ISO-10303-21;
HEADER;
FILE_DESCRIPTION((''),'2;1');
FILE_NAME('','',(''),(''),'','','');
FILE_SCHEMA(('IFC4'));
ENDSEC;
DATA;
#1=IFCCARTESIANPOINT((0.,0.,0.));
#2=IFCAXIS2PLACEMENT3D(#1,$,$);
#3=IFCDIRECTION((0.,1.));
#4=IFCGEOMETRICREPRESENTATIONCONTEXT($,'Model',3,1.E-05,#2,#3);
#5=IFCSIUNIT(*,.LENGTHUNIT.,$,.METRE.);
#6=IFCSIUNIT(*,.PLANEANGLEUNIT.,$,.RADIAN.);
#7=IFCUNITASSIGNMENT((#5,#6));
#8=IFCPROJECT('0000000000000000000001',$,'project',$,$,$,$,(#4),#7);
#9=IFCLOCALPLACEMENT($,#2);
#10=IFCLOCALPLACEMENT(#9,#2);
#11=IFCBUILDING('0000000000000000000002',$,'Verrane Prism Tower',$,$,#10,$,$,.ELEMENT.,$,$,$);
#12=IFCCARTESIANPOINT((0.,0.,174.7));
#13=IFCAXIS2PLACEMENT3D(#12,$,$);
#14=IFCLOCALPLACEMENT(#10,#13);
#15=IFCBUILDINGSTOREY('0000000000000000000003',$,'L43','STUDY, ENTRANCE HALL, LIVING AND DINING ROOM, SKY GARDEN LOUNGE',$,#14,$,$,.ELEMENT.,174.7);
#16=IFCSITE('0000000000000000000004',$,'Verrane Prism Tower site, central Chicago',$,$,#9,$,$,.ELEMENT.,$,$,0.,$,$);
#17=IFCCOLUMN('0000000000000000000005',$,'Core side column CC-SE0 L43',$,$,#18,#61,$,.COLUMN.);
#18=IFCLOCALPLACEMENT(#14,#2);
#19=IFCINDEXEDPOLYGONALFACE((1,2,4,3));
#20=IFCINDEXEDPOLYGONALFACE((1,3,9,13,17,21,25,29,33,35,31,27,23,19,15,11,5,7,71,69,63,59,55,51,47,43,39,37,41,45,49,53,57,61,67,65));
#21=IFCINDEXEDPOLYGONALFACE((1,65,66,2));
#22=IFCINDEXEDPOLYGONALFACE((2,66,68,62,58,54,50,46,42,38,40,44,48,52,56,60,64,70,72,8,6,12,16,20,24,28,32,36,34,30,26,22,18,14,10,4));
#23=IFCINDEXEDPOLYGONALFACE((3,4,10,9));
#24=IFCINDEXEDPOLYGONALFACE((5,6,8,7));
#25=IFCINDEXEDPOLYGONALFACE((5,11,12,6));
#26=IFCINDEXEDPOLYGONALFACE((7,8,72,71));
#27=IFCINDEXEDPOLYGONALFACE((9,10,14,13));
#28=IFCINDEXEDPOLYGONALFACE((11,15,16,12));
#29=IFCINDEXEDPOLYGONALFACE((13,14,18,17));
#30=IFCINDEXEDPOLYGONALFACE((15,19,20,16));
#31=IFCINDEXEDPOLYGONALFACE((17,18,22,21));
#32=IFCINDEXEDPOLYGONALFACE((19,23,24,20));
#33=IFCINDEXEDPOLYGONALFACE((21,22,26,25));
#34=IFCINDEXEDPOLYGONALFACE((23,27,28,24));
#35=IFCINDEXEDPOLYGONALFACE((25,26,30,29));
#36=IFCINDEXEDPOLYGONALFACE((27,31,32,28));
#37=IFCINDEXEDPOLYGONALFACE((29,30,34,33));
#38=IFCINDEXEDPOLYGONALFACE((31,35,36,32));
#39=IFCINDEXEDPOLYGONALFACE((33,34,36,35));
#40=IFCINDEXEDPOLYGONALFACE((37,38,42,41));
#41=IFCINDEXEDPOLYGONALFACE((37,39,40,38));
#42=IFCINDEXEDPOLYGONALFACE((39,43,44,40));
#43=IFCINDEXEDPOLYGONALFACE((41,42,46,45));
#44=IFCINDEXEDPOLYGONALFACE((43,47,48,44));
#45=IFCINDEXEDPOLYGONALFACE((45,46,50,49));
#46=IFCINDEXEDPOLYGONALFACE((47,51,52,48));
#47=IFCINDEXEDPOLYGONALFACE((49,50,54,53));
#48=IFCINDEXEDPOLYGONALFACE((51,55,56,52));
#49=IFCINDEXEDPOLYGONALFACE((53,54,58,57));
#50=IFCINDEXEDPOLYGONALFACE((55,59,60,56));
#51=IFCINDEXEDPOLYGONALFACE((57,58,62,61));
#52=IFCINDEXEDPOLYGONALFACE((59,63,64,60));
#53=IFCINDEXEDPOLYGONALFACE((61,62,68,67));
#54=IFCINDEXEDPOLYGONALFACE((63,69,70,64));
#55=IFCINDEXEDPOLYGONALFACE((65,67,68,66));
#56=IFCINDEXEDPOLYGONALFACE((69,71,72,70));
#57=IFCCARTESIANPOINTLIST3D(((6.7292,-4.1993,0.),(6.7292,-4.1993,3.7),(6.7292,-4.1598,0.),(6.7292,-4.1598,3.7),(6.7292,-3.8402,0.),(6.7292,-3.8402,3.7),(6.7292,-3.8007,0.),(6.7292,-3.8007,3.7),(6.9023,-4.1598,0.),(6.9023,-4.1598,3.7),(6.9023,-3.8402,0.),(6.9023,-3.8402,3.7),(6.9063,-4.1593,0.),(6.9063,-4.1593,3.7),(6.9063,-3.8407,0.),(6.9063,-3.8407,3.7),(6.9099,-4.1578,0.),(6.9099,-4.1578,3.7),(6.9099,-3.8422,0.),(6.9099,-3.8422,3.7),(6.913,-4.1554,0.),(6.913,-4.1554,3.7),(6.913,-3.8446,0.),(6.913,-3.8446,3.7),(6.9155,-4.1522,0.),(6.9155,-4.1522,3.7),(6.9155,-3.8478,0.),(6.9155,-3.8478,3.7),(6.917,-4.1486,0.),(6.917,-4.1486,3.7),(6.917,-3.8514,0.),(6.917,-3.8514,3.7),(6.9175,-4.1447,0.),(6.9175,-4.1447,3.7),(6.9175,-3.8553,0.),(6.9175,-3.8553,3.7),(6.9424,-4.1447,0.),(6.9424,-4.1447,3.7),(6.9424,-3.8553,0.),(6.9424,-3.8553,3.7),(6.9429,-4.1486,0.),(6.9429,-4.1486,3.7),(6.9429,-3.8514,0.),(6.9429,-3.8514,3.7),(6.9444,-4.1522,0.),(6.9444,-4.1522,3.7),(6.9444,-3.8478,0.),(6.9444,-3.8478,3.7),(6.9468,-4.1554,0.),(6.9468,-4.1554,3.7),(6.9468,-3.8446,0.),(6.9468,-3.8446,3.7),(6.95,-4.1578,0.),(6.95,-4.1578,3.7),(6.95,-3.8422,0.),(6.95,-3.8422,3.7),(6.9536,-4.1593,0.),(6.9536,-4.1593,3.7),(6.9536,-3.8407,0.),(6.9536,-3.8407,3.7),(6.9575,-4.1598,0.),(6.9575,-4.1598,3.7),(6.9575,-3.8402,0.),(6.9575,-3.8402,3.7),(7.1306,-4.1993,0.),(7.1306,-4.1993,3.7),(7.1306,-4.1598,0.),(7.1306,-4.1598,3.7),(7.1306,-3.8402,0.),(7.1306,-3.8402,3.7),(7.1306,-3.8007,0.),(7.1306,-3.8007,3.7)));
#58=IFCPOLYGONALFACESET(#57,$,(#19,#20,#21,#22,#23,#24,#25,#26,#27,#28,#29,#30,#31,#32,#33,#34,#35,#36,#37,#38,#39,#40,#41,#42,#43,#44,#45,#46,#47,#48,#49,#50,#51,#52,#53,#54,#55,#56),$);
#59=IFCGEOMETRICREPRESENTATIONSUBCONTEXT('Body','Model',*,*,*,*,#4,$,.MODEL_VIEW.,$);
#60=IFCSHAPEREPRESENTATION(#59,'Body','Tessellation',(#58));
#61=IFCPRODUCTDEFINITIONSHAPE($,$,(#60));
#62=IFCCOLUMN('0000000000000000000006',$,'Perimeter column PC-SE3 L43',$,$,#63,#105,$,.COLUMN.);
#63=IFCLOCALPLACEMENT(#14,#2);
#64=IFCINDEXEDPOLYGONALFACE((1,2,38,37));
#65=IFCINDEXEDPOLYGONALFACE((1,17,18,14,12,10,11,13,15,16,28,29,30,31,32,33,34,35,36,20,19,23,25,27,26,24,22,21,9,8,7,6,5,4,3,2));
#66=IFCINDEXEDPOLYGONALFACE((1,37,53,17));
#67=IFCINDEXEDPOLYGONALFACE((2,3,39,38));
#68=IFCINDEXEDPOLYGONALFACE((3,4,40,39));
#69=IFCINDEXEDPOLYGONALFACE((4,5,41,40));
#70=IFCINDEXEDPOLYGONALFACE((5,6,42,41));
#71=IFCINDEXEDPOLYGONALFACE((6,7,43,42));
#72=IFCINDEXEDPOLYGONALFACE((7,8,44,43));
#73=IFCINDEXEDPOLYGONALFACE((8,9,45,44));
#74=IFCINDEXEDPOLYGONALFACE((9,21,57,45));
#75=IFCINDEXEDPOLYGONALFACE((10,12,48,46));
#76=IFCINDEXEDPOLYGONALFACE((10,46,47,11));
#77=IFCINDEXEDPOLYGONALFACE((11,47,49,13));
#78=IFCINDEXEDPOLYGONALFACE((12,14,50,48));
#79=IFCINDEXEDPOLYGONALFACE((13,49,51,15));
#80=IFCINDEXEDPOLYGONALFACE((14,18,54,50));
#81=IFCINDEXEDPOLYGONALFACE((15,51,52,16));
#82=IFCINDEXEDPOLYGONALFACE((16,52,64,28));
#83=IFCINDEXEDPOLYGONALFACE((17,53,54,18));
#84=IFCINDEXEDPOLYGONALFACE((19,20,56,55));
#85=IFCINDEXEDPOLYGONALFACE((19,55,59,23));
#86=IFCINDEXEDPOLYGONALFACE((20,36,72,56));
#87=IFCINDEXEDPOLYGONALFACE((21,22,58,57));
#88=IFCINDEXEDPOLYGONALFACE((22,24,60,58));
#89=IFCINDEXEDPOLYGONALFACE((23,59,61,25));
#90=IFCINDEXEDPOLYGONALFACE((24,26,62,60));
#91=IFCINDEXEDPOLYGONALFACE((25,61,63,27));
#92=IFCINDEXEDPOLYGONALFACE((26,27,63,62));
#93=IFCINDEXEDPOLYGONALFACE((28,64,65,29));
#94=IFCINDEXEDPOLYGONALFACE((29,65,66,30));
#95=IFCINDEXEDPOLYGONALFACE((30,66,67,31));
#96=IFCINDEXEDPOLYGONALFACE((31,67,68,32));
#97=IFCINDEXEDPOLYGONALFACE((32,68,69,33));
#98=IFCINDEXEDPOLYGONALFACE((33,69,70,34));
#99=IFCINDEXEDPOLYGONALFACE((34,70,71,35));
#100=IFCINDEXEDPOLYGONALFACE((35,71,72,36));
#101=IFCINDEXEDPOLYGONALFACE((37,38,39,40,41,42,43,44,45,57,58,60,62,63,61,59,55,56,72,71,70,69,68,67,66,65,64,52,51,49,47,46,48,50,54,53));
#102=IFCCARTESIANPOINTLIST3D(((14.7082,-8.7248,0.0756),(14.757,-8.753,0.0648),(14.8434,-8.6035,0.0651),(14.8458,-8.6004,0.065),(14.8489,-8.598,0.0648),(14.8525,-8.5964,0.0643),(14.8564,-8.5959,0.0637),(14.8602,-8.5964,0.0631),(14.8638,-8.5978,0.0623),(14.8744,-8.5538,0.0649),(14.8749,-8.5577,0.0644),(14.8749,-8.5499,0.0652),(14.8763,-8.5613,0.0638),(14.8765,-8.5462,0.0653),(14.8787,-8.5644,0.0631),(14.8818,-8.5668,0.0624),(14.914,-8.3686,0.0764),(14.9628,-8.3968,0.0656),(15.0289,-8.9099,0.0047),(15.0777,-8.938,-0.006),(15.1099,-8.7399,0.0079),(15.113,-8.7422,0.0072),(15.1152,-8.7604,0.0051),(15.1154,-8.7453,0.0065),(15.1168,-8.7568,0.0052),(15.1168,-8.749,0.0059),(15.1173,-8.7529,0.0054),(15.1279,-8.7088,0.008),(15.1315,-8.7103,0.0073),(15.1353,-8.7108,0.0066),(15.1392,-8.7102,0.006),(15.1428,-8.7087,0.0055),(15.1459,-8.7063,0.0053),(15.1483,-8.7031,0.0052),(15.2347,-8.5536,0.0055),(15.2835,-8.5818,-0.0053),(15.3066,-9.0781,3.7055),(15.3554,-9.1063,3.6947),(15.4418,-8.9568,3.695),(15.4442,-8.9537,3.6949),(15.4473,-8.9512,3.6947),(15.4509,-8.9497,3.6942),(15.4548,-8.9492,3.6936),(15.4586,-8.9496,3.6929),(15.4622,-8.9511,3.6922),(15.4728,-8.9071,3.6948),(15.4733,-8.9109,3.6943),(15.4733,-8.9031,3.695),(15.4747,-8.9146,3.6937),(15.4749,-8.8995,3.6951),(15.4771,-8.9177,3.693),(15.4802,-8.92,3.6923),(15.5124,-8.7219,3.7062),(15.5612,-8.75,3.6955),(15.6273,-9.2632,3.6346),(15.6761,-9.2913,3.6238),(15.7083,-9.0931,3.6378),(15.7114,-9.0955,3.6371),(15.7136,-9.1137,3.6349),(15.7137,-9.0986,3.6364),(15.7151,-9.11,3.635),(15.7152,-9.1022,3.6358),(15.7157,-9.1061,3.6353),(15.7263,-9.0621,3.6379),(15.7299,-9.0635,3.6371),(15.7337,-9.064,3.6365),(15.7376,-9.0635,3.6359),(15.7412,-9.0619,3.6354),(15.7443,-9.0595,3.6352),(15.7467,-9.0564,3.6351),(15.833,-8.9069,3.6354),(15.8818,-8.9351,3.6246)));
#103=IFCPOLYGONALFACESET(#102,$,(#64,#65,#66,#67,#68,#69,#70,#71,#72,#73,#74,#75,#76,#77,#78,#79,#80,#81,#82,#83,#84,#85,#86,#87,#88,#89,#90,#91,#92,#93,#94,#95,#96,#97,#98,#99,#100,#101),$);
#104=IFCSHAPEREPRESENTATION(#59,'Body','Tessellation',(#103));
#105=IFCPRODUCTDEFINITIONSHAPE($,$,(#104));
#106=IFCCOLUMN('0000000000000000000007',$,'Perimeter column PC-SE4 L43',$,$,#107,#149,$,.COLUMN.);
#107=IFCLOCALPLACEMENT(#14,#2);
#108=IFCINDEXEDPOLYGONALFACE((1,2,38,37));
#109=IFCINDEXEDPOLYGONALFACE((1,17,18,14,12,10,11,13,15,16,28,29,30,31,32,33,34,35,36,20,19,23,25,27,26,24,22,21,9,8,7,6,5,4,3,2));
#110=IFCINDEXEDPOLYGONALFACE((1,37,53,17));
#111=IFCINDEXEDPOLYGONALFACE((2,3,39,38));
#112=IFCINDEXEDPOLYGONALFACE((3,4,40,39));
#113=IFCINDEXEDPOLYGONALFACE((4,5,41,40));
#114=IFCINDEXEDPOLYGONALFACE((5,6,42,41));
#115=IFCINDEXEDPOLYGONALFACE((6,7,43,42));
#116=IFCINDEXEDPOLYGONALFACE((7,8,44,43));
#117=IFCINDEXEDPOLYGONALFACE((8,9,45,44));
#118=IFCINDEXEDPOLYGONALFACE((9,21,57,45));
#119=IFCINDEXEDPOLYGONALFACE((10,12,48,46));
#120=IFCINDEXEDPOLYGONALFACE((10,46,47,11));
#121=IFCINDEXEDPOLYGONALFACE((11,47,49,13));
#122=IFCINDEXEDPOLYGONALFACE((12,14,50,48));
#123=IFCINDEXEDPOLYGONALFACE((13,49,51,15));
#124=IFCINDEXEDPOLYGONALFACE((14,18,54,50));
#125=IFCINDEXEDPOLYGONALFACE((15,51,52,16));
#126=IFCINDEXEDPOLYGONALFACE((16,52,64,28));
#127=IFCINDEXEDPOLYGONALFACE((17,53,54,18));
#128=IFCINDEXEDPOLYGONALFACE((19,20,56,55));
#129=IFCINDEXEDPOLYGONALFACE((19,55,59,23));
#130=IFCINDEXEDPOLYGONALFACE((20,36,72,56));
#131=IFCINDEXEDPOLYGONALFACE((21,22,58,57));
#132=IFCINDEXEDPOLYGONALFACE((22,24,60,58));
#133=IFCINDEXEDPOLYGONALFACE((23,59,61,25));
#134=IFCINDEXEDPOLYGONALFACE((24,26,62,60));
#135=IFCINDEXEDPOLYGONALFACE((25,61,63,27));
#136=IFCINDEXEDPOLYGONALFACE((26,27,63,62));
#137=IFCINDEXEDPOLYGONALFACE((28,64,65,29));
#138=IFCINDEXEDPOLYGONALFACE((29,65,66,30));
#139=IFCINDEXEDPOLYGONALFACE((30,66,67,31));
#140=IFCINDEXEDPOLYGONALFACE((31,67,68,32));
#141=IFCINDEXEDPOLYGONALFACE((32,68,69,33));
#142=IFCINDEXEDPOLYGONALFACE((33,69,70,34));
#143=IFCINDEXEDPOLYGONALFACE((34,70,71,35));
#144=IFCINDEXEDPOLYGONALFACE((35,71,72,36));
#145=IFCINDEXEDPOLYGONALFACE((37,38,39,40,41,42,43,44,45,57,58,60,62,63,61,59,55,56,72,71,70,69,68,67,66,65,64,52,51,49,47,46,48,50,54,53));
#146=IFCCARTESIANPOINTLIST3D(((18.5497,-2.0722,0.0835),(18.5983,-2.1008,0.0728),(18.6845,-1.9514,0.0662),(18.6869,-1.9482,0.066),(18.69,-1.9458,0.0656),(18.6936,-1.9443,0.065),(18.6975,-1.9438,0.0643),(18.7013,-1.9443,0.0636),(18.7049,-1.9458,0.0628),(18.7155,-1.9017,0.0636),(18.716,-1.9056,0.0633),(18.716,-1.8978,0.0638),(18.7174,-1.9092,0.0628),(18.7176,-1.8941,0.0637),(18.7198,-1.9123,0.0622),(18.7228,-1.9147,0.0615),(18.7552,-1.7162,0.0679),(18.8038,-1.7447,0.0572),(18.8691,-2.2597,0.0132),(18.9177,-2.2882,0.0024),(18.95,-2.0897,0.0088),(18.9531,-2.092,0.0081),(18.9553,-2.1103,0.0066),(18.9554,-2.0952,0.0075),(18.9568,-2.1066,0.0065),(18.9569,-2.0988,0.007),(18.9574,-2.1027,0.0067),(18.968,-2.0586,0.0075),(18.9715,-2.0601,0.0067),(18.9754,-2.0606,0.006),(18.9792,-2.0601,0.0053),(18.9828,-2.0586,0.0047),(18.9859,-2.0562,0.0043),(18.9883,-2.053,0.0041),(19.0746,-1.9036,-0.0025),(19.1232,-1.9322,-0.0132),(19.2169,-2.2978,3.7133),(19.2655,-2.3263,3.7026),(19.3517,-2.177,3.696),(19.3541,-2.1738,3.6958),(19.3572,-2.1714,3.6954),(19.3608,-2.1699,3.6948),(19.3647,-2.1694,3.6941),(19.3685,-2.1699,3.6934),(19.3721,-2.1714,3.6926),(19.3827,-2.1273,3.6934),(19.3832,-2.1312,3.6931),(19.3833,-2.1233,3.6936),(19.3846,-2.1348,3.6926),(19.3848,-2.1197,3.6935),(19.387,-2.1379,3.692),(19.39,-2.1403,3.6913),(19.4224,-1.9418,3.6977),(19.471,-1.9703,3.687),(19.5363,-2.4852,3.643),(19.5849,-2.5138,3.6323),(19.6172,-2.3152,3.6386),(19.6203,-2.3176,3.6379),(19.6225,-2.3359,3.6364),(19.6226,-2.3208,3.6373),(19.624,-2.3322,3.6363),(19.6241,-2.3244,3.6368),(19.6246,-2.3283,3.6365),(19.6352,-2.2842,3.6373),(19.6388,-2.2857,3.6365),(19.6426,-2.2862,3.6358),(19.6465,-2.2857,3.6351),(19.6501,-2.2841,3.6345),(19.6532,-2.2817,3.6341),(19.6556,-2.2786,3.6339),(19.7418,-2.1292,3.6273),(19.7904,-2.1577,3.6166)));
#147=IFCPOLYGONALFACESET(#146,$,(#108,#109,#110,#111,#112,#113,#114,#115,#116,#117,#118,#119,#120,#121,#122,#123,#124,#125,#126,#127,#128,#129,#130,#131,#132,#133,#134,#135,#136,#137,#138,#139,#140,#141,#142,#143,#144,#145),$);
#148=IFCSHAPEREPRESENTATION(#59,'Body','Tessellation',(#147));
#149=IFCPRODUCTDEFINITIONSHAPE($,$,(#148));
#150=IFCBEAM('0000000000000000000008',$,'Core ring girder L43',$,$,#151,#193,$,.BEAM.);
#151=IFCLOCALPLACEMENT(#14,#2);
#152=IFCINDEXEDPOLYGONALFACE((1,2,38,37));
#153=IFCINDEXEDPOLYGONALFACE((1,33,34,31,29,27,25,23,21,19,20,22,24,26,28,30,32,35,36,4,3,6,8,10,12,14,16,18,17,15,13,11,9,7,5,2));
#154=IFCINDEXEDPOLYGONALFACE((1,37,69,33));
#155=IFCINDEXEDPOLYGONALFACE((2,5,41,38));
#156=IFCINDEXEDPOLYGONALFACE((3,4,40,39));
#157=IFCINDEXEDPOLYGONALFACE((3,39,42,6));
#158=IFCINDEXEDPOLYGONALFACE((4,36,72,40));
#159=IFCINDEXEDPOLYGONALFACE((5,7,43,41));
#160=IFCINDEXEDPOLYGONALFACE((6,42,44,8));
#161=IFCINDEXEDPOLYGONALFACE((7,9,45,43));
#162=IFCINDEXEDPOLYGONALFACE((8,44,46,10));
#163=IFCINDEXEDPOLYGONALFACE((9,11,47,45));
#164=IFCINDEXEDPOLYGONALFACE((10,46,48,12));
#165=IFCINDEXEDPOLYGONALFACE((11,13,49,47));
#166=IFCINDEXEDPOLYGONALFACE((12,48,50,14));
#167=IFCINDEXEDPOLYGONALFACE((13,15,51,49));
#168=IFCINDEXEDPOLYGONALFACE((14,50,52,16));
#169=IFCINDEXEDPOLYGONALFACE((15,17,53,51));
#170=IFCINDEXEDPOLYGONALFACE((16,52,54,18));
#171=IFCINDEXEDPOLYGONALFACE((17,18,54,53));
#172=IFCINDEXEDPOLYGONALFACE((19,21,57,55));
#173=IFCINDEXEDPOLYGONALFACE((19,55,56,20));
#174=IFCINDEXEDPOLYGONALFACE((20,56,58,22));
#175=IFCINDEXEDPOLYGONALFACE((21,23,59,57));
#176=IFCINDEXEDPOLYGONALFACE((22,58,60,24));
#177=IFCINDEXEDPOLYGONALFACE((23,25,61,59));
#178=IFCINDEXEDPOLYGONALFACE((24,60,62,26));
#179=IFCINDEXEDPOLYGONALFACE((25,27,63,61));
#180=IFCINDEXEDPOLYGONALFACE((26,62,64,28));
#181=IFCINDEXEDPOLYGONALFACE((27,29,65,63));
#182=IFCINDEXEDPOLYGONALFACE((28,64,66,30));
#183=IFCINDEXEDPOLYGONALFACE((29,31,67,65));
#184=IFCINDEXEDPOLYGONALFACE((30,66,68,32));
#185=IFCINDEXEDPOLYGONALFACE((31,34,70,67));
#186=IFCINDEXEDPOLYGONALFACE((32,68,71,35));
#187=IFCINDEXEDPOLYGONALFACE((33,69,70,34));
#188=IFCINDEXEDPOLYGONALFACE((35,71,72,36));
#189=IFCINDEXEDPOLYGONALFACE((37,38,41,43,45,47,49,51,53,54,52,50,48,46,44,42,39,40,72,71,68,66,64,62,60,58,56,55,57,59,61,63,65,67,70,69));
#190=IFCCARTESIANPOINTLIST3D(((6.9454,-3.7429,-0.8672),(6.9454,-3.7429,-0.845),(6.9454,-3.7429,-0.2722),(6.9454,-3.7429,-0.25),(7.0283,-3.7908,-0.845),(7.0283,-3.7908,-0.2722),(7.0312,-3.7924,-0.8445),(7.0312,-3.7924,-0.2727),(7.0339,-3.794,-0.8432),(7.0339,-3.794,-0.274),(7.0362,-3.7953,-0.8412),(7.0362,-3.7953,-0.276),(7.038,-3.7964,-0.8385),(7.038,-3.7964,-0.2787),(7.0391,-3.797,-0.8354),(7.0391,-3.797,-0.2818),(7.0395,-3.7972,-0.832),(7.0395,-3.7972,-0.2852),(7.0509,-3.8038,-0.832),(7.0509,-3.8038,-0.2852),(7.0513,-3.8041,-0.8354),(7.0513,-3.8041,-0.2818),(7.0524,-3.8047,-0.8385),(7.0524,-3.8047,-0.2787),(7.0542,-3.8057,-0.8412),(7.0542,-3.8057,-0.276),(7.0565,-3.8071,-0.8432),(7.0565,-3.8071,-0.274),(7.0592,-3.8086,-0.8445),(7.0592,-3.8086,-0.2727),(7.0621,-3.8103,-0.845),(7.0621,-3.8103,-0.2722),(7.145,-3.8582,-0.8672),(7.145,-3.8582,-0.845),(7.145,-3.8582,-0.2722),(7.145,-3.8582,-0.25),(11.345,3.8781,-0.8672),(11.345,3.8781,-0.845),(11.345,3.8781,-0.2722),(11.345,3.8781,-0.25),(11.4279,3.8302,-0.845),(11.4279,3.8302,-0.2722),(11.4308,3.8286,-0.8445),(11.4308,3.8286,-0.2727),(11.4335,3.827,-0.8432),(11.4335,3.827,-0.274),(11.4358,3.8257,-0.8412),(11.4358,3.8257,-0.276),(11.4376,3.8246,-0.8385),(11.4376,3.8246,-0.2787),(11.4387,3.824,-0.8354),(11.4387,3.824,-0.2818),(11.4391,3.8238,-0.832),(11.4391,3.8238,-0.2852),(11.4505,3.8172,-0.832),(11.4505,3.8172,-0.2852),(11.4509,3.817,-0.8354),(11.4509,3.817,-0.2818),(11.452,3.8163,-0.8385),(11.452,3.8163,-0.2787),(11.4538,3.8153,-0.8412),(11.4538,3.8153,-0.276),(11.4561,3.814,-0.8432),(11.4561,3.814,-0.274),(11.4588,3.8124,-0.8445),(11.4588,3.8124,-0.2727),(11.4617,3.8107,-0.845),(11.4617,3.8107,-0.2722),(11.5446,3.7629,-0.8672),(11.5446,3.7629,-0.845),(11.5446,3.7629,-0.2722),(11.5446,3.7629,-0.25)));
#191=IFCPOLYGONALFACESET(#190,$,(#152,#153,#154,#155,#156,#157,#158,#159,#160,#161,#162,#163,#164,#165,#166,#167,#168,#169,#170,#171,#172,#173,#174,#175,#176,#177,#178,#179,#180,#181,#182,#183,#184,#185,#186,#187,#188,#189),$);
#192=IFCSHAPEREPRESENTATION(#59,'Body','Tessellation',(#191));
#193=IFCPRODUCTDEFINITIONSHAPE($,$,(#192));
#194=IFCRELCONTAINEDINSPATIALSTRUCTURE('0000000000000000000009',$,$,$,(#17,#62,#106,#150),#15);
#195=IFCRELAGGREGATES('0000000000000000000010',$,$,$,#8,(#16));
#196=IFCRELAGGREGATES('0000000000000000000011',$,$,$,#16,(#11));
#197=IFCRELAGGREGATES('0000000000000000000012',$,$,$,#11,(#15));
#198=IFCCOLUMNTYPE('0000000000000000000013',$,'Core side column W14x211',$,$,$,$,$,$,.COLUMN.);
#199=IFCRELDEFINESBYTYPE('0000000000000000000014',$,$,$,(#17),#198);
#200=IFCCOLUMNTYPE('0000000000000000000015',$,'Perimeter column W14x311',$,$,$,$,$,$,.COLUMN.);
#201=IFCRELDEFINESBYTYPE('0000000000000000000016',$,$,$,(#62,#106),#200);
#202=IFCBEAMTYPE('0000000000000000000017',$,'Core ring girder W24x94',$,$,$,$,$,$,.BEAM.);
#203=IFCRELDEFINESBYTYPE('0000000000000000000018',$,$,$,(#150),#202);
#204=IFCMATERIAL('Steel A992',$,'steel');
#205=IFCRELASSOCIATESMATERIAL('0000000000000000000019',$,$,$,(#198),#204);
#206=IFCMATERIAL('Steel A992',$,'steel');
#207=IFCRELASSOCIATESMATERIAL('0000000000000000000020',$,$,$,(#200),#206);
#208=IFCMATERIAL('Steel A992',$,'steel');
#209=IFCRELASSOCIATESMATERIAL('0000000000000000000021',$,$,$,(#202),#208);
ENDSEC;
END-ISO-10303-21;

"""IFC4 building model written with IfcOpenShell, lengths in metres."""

from ifc_helpers import new_model, si_unit, direction, frame, origin, origin_2d, place, context, subcontext, project, spatial, i_section, extrude, material, material_profile, profile_set, type_object, element, save


model = new_model("IFC4")

# Units and contexts
model_context = context("Model", 3, precision=1e-05, world=origin(), true_north=direction((0.0, 1.0)))
body_context = subcontext(model_context, "Body", "Model", "MODEL_VIEW")
ifc_project = project(units=[si_unit("LENGTHUNIT", "METRE"), si_unit("PLANEANGLEUNIT", "RADIAN")], contexts=[model_context])

# Site, building, storey
site_placement = place(None, origin())
site = spatial("IfcSite", under=ifc_project, at=site_placement, Name="Verrane Prism Tower site, central Chicago", CompositionType="ELEMENT", RefElevation=0.0)
building_placement = place(site_placement, origin())
building = spatial("IfcBuilding", under=site, at=building_placement, Name="Verrane Prism Tower", CompositionType="ELEMENT")
storey_placement = place(building_placement, frame((0.0, 0.0, 174.7)))
storey = spatial("IfcBuildingStorey", under=building, at=storey_placement, Name="L43", Description="STUDY, ENTRANCE HALL, LIVING AND DINING ROOM, SKY GARDEN LOUNGE", CompositionType="ELEMENT", Elevation=174.7)

# Columns
ifc_material_1 = material(Name="Steel A992", Category="steel")
ifc_material_profile_1 = material_profile(ifc_material_1, i_section(OverallWidth=0.4014, OverallDepth=0.3987, WebThickness=0.0249, FlangeThickness=0.0396, FilletRadius=0.0151, at=origin_2d()), Name="W14x211")
ifc_profile_set_1 = profile_set([ifc_material_profile_1], Name="Steel A992")
column_type_1 = type_object("IfcColumnType", Name="Core side column W14x211", PredefinedType="COLUMN", material=ifc_profile_set_1)
column_1_placement = place(storey_placement, frame((6.9299, -4.0, 0.0), z_axis=(0.0, 0.0, 1.0), x_axis=(1.0, 0.0, 0.0)))
element("IfcColumn", 1, at=column_1_placement, inside=storey, type_object=column_type_1, Name="Core side column CC-SE0 L43", PredefinedType="COLUMN", context=body_context, shape_type="SweptSolid", body=[
    extrude(i_section(OverallWidth=0.4014, OverallDepth=0.3987, WebThickness=0.0249, FlangeThickness=0.0396, FilletRadius=0.0151, at=origin_2d()), origin(), (0.0, 0.0, 1.0), 3.7),
])
ifc_material_2 = material(Name="Steel A992", Category="steel")
ifc_material_profile_2 = material_profile(ifc_material_2, i_section(OverallWidth=0.4114, OverallDepth=0.4343, WebThickness=0.0359, FlangeThickness=0.0574, FilletRadius=0.0151, at=origin_2d()), Name="W14x311")
ifc_profile_set_2 = profile_set([ifc_material_profile_2], Name="Steel A992")
column_type_2 = type_object("IfcColumnType", Name="Perimeter column W14x311", PredefinedType="COLUMN", material=ifc_profile_set_2)
column_2_placement = place(storey_placement, frame((14.9958, -8.6533, 0.0352), z_axis=(0.161911, -0.095587, 0.982165), x_axis=(-0.500133, -0.865947, -0.001829)))
element("IfcColumn", 2, at=column_2_placement, inside=storey, type_object=column_type_2, Name="Perimeter column PC-SE3 L43", PredefinedType="COLUMN", context=body_context, shape_type="SweptSolid", body=[
    extrude(i_section(OverallWidth=0.4114, OverallDepth=0.4343, WebThickness=0.0359, FlangeThickness=0.0574, FilletRadius=0.0151, at=origin_2d()), origin(), (0.0, 0.0, 1.0), 3.6958),
])
column_3_placement = place(storey_placement, frame((18.8364, -2.0022, 0.0352), z_axis=(0.180452, -0.061009, 0.98169), x_axis=(-0.499524, -0.865464, 0.038035)))
element("IfcColumn", 3, at=column_3_placement, inside=storey, type_object=column_type_2, Name="Perimeter column PC-SE4 L43", PredefinedType="COLUMN", context=body_context, shape_type="SweptSolid", body=[
    extrude(i_section(OverallWidth=0.4114, OverallDepth=0.4343, WebThickness=0.0359, FlangeThickness=0.0574, FilletRadius=0.0151, at=origin_2d()), origin(), (0.0, 0.0, 1.0), 3.6975),
])

# Beam
ifc_material_3 = material(Name="Steel A992", Category="steel")
ifc_material_profile_3 = material_profile(ifc_material_3, i_section(OverallWidth=0.2305, OverallDepth=0.6172, WebThickness=0.0132, FlangeThickness=0.0222, FilletRadius=0.0129, at=origin_2d()), Name="W24x94")
ifc_profile_set_3 = profile_set([ifc_material_profile_3], Name="Steel A992")
beam_type_1 = type_object("IfcBeamType", Name="Core ring girder W24x94", PredefinedType="BEAM", material=ifc_profile_set_3)
beam_1_placement = place(storey_placement, frame((7.0452, -3.8005, -0.5586), z_axis=(0.499967, 0.866044, 0.0), x_axis=(-0.866044, 0.499967, 0.0)))
element("IfcBeam", 4, at=beam_1_placement, inside=storey, type_object=beam_type_1, Name="Core ring girder L43", PredefinedType="BEAM", context=body_context, shape_type="SweptSolid", body=[
    extrude(i_section(OverallWidth=0.2305, OverallDepth=0.6172, WebThickness=0.0132, FlangeThickness=0.0222, FilletRadius=0.0129, at=origin_2d()), origin(), (0.0, 0.0, 1.0), 8.7998),
])

save(model, "model.ifc")
